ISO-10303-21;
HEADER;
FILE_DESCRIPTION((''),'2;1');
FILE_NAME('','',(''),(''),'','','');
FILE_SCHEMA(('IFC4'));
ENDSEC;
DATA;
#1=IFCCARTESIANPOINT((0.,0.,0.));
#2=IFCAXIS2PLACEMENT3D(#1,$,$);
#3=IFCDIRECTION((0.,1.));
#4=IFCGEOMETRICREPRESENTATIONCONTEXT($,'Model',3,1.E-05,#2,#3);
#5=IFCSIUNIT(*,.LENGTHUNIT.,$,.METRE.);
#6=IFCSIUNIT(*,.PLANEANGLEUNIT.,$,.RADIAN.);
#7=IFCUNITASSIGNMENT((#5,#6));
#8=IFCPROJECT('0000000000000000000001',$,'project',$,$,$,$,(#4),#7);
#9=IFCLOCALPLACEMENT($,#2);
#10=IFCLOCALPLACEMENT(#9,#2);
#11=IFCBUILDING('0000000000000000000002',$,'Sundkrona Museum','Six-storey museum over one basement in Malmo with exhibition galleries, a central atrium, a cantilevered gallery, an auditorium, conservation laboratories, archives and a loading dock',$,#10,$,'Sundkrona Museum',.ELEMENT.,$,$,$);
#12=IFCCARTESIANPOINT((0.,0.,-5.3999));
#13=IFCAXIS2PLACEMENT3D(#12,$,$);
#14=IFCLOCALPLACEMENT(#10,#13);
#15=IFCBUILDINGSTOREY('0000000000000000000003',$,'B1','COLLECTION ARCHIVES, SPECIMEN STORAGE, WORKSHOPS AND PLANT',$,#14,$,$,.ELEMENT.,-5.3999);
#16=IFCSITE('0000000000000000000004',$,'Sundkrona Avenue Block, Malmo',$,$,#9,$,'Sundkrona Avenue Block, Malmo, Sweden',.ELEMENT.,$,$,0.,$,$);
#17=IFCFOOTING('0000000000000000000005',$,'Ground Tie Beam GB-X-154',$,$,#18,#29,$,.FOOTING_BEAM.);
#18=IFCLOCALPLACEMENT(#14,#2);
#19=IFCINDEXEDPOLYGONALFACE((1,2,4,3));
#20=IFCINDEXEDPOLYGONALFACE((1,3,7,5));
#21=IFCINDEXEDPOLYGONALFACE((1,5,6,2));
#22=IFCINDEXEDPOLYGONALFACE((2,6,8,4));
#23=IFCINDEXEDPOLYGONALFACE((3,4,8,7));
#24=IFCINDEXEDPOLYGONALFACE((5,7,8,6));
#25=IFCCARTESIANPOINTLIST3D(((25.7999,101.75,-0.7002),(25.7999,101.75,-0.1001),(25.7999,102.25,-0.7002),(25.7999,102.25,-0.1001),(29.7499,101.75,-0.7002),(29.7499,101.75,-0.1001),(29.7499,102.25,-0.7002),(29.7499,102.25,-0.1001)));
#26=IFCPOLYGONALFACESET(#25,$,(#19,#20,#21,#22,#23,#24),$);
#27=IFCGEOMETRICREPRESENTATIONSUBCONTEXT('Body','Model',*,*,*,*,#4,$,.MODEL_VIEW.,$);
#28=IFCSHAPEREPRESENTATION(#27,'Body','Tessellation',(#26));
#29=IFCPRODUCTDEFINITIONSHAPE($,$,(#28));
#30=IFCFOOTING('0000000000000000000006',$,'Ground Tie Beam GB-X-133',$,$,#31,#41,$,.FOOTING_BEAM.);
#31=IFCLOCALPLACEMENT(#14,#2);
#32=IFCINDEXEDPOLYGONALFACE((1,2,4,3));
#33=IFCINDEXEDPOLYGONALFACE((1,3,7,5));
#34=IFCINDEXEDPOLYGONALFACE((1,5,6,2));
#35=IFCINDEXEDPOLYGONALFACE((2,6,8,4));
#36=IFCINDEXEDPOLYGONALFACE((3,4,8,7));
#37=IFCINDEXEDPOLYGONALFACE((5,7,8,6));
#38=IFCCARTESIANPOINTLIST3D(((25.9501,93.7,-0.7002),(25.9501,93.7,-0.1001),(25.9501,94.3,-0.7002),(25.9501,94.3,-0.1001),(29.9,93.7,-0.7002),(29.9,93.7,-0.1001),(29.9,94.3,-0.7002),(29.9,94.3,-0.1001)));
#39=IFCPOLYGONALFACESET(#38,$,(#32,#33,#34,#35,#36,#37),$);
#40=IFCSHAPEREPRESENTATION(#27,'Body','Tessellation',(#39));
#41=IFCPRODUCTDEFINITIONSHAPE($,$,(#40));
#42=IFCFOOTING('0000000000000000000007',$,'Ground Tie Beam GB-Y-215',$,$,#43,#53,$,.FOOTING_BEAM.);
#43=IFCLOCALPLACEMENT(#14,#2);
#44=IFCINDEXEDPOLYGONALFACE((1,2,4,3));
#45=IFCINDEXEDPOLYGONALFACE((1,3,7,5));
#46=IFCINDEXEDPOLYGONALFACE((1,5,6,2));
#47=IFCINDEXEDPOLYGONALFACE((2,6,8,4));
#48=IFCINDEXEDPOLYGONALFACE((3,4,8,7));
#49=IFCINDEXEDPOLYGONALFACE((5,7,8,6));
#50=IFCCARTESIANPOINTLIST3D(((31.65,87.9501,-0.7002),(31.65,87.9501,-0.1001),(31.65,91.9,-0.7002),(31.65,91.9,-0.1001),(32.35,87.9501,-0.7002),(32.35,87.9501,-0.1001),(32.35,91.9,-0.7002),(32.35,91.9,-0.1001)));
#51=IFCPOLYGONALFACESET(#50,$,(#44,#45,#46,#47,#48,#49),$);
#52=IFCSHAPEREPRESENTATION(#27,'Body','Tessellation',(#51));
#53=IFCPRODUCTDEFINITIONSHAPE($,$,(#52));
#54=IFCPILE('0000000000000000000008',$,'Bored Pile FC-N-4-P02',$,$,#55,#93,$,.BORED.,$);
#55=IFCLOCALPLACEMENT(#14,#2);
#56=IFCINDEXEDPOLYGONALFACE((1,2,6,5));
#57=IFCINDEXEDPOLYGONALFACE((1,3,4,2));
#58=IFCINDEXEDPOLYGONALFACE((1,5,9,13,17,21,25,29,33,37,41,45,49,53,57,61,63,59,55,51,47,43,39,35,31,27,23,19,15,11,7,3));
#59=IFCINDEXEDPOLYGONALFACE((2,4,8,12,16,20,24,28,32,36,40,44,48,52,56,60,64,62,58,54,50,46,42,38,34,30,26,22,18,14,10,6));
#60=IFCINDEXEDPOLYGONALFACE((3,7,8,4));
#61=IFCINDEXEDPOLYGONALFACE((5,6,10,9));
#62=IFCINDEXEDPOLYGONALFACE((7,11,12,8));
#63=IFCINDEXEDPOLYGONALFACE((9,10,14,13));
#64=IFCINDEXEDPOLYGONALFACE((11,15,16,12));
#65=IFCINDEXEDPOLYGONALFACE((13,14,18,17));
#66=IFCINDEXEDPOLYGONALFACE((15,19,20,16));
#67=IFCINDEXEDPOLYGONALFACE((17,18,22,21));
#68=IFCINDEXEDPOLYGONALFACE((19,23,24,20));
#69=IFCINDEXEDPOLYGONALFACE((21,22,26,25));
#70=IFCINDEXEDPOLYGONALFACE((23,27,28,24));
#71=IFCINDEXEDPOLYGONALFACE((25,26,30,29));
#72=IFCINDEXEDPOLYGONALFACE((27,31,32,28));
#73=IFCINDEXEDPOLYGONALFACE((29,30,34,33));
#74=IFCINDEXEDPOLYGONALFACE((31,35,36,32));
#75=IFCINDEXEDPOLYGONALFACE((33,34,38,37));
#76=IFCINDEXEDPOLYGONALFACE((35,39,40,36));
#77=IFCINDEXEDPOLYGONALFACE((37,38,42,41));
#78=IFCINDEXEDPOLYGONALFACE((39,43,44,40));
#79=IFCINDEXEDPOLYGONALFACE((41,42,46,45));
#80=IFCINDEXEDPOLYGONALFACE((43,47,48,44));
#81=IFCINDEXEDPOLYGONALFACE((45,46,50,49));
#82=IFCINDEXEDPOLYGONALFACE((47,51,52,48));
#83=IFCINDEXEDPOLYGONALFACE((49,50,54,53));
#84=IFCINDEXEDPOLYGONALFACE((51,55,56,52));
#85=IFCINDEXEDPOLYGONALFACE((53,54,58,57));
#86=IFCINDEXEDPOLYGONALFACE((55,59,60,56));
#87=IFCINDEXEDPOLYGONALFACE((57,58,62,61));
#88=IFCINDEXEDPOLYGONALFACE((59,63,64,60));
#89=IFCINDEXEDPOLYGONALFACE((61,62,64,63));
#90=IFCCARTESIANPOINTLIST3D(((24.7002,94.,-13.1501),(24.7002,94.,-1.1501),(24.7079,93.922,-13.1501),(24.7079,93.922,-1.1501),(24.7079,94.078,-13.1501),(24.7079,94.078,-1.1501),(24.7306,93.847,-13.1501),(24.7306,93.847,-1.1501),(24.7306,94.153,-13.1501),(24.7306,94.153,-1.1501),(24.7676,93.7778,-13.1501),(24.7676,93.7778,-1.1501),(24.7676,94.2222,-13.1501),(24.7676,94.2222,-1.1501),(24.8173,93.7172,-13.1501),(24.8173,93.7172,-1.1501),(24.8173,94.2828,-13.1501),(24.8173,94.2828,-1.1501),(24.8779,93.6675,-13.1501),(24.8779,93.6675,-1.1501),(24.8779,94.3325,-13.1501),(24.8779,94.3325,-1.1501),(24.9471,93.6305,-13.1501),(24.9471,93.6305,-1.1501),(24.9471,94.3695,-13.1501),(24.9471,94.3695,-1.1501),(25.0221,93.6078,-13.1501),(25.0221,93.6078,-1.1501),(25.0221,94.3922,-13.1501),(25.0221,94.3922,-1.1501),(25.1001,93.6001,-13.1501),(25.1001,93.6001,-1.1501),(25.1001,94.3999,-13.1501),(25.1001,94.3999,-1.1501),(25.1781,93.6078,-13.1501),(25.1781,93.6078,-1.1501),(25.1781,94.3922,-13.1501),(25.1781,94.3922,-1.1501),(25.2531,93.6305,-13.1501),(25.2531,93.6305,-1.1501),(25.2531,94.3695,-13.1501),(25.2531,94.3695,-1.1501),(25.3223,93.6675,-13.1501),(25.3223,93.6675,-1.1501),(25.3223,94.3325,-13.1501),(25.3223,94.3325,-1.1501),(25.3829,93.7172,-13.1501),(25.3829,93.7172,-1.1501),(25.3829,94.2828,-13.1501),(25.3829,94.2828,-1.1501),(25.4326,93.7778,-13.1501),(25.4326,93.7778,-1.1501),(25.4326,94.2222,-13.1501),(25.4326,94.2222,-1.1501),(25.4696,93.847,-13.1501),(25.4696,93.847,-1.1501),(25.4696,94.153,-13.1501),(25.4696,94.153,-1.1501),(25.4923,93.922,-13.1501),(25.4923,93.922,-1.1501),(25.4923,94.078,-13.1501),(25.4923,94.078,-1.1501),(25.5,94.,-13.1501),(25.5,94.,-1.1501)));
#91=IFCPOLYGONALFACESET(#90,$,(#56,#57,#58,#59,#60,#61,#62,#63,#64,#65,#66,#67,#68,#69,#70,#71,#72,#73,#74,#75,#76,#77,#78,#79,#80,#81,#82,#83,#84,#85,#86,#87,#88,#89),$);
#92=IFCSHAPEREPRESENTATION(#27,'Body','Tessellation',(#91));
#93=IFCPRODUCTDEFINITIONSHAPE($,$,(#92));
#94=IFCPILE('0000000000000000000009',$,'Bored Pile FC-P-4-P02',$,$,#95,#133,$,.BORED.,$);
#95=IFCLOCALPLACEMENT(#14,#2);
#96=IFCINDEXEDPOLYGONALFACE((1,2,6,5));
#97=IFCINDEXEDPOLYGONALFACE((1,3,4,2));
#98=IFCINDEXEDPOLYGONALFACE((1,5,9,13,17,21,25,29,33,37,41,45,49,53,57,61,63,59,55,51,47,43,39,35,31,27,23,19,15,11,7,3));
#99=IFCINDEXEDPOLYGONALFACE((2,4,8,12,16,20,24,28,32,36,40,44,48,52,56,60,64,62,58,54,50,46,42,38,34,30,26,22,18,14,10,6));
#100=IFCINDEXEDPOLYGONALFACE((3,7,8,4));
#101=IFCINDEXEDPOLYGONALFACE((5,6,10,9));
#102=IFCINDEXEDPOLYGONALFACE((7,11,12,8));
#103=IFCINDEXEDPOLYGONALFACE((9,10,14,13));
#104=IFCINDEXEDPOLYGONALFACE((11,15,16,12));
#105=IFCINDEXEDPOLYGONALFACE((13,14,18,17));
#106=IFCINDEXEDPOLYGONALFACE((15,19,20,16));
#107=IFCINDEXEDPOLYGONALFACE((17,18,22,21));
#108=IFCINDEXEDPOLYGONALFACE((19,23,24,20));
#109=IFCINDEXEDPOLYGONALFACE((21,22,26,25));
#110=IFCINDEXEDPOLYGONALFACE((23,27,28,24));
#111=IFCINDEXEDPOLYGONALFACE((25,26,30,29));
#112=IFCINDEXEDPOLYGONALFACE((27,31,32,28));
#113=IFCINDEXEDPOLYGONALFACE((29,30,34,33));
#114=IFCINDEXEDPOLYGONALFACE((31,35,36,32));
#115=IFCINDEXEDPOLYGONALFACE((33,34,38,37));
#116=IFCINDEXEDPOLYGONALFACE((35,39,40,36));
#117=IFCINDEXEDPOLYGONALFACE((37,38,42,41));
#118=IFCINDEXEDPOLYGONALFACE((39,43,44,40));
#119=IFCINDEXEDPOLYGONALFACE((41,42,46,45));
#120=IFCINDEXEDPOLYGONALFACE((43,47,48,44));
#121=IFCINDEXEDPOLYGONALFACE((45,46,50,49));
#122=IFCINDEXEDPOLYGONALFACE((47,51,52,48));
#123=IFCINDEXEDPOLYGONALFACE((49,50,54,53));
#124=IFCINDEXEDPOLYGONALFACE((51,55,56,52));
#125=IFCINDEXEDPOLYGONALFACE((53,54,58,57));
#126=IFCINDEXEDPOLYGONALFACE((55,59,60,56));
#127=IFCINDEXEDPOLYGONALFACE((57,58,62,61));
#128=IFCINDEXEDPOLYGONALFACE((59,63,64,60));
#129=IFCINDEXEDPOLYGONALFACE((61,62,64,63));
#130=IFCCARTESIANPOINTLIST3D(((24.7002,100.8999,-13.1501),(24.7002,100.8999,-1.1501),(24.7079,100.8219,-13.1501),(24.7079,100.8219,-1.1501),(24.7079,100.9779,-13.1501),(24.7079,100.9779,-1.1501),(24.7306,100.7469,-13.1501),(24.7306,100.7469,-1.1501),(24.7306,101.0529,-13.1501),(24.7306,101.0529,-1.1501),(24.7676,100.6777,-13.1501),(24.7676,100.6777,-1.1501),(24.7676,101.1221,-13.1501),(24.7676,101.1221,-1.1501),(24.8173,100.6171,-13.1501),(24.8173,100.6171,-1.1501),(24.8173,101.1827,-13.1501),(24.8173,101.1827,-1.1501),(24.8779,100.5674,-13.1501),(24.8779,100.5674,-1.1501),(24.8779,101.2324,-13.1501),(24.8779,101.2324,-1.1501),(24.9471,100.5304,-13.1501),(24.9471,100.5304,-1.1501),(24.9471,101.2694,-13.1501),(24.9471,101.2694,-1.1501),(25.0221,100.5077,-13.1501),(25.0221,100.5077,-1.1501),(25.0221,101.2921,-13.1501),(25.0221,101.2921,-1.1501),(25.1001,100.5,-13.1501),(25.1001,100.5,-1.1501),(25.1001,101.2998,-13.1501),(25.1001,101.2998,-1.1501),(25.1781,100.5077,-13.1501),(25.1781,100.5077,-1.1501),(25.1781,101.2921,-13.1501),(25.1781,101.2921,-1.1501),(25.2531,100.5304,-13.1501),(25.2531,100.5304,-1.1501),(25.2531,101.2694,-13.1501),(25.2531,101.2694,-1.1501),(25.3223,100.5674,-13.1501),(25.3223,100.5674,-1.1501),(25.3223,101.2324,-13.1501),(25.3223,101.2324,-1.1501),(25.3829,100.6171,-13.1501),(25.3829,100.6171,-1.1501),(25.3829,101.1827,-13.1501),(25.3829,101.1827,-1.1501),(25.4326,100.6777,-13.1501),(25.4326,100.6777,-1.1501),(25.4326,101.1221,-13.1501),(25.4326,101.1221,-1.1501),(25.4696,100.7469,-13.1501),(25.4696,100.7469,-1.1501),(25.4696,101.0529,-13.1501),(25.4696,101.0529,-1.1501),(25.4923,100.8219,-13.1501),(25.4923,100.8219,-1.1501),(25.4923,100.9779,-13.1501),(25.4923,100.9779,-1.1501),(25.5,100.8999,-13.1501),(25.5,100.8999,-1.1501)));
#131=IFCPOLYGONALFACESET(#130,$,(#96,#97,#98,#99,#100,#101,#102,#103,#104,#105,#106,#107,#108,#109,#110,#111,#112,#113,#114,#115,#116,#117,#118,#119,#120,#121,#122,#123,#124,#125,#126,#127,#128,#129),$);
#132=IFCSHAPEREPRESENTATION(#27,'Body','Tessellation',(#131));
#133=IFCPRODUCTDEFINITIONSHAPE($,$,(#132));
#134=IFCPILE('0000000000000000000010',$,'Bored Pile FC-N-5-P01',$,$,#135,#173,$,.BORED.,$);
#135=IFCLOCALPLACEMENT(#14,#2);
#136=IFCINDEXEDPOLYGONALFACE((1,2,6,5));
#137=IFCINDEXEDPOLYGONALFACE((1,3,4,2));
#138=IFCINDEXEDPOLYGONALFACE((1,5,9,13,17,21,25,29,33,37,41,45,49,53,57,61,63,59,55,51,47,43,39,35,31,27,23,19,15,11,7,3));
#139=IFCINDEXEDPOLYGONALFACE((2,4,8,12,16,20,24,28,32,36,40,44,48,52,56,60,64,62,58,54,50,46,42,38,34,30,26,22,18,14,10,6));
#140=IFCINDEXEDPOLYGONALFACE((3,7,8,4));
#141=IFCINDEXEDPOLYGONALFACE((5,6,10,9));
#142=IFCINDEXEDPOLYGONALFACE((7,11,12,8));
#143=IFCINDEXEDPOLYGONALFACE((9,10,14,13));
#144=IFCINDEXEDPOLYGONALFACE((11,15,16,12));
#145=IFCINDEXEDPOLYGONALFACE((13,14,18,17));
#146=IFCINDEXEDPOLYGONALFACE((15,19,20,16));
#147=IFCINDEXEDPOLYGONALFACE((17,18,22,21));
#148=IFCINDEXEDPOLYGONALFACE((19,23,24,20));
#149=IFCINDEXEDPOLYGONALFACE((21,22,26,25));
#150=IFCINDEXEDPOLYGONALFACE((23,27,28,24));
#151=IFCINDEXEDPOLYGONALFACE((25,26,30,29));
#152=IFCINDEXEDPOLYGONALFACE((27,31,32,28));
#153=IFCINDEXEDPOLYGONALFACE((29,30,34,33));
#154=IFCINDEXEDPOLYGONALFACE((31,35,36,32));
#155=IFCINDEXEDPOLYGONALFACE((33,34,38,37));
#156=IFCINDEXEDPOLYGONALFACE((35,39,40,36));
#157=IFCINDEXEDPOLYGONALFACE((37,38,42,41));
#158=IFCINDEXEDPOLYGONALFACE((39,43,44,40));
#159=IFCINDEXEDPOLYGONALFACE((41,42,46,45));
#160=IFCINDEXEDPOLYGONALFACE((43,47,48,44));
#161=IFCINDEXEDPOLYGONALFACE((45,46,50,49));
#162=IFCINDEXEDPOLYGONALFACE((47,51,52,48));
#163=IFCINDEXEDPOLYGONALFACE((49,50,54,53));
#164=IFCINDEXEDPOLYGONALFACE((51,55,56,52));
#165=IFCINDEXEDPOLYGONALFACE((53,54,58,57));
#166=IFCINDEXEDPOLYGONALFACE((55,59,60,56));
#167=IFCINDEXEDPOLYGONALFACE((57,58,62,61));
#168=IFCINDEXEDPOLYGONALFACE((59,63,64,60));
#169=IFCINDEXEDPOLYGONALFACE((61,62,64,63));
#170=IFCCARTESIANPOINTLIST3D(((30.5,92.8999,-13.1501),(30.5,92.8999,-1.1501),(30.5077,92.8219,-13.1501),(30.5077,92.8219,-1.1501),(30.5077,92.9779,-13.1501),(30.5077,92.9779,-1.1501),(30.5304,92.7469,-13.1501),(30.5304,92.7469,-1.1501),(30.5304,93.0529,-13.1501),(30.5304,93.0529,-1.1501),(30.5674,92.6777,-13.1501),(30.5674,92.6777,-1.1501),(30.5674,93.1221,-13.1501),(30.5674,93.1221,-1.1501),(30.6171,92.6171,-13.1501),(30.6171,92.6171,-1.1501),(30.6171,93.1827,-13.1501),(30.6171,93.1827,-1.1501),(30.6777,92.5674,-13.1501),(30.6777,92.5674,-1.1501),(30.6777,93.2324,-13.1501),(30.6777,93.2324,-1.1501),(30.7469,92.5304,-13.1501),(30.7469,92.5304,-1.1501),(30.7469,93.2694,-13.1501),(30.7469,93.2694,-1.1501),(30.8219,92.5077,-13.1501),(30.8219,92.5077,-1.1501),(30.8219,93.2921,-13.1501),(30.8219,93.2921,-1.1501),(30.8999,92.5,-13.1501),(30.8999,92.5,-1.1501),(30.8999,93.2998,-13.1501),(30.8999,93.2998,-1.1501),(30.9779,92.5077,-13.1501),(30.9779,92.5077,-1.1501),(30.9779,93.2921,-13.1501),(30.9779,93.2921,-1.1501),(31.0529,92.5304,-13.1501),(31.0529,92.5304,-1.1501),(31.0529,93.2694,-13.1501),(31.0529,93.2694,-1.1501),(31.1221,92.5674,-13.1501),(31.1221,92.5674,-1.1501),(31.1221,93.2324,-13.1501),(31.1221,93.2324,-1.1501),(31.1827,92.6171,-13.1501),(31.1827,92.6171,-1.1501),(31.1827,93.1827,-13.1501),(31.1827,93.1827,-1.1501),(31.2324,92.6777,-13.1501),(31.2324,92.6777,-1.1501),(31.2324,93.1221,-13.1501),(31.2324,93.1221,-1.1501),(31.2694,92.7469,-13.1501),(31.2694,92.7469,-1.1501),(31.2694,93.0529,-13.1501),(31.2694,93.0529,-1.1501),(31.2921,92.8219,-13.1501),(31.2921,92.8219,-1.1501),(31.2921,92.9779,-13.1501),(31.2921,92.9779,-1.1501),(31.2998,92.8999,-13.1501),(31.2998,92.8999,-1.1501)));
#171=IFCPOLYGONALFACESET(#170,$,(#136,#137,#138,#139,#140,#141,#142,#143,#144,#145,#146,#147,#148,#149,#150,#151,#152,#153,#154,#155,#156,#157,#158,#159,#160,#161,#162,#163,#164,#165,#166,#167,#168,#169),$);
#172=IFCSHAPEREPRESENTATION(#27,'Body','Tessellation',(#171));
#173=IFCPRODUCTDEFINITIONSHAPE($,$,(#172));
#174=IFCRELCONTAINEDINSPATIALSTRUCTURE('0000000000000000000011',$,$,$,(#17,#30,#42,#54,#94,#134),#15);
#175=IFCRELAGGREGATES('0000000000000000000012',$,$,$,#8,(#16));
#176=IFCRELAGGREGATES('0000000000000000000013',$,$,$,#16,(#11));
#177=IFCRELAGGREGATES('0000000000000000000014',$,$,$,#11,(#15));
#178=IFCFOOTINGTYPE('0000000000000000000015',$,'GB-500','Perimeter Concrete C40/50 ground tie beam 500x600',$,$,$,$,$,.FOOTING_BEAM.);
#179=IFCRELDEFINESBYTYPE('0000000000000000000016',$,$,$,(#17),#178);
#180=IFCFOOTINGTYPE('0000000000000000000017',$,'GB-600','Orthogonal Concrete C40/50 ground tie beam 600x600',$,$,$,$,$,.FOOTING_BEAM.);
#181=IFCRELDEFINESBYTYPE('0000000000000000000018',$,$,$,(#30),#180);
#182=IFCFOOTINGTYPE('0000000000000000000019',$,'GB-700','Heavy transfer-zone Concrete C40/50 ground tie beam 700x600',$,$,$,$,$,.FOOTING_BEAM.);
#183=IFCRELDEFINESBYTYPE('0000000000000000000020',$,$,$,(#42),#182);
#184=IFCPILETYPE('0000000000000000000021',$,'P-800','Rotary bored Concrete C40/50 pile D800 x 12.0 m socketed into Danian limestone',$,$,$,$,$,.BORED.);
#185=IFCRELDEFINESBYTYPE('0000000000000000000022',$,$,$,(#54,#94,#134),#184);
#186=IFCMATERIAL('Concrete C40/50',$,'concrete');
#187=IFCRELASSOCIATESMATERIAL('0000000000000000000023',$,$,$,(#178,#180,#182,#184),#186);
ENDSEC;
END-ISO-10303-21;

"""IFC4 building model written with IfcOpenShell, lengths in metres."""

from ifc_helpers import new_model, si_unit, direction, frame, origin, origin_2d, place, context, subcontext, project, spatial, rectangle, circle, extrude, material, material_profile, profile_set, type_object, element, save


model = new_model("IFC4")

# Units and contexts
model_context = context("Model", 3, precision=1e-05, world=origin(), true_north=direction((0.0, 1.0)))
body_context = subcontext(model_context, "Body", "Model", "MODEL_VIEW")
ifc_project = project(units=[si_unit("LENGTHUNIT", "METRE"), si_unit("PLANEANGLEUNIT", "RADIAN")], contexts=[model_context])

# Site, building, storey
site_placement = place(None, origin())
site = spatial("IfcSite", under=ifc_project, at=site_placement, Name="Sundkrona Avenue Block, Malmo", LongName="Sundkrona Avenue Block, Malmo, Sweden", CompositionType="ELEMENT", RefElevation=0.0)
building_placement = place(site_placement, origin())
building = spatial("IfcBuilding", under=site, at=building_placement, Name="Sundkrona Museum", Description="Six-storey museum over one basement in Malmo with exhibition galleries, a central atrium, a cantilevered gallery, an auditorium, conservation laboratories, archives and a loading dock", LongName="Sundkrona Museum", CompositionType="ELEMENT")
storey_placement = place(building_placement, frame((0.0, 0.0, -5.3999)))
storey = spatial("IfcBuildingStorey", under=building, at=storey_placement, Name="B1", Description="COLLECTION ARCHIVES, SPECIMEN STORAGE, WORKSHOPS AND PLANT", CompositionType="ELEMENT", Elevation=-5.3999)

# Footings
ifc_material_1 = material(Name="Concrete C40/50", Category="concrete")
footing_type_1 = type_object("IfcFootingType", Name="GB-500", Description="Perimeter Concrete C40/50 ground tie beam 500x600", PredefinedType="FOOTING_BEAM", material=ifc_material_1)
footing_1_placement = place(storey_placement, frame((27.7749, 102.0, -0.7002), z_axis=(0.0, 0.0, 1.0), x_axis=(1.0, 0.0, 0.0)))
element("IfcFooting", 1, at=footing_1_placement, inside=storey, type_object=footing_type_1, Name="Ground Tie Beam GB-X-154", PredefinedType="FOOTING_BEAM", context=body_context, shape_type="SweptSolid", body=[
    extrude(rectangle(XDim=3.95, YDim=0.5, at=origin_2d()), origin(), (0.0, 0.0, 1.0), 0.6001),
])
footing_type_2 = type_object("IfcFootingType", Name="GB-600", Description="Orthogonal Concrete C40/50 ground tie beam 600x600", PredefinedType="FOOTING_BEAM", material=ifc_material_1)
footing_2_placement = place(storey_placement, frame((27.925, 94.0, -0.7002), z_axis=(0.0, 0.0, 1.0), x_axis=(1.0, 0.0, 0.0)))
element("IfcFooting", 2, at=footing_2_placement, inside=storey, type_object=footing_type_2, Name="Ground Tie Beam GB-X-133", PredefinedType="FOOTING_BEAM", context=body_context, shape_type="SweptSolid", body=[
    extrude(rectangle(XDim=3.95, YDim=0.6001, at=origin_2d()), origin(), (0.0, 0.0, 1.0), 0.6001),
])
footing_type_3 = type_object("IfcFootingType", Name="GB-700", Description="Heavy transfer-zone Concrete C40/50 ground tie beam 700x600", PredefinedType="FOOTING_BEAM", material=ifc_material_1)
footing_3_placement = place(storey_placement, frame((32.0, 89.925, -0.7002), z_axis=(0.0, 0.0, 1.0), x_axis=(0.0, 1.0, 0.0)))
element("IfcFooting", 3, at=footing_3_placement, inside=storey, type_object=footing_type_3, Name="Ground Tie Beam GB-Y-215", PredefinedType="FOOTING_BEAM", context=body_context, shape_type="SweptSolid", body=[
    extrude(rectangle(XDim=3.95, YDim=0.7, at=origin_2d()), origin(), (0.0, 0.0, 1.0), 0.6001),
])

# Piles
ifc_material_profile_1 = material_profile(ifc_material_1, circle(Radius=0.3999, at=origin_2d()), Name="PILE D800")
ifc_profile_set_1 = profile_set([ifc_material_profile_1], Name="Concrete C40/50")
pile_type = type_object("IfcPileType", Name="P-800", Description="Rotary bored Concrete C40/50 pile D800 x 12.0 m socketed into Danian limestone", PredefinedType="BORED", material=ifc_profile_set_1)
for number, where, z_axis, x_axis, name in (
    (4, (25.1001, 94.0, -1.1501), (0.0, 0.0, -1.0), (1.0, 0.0, 0.0), "Bored Pile FC-N-4-P02"),
    (5, (25.1001, 100.8999, -1.1501), (0.0, 0.0, -1.0), (1.0, 0.0, 0.0), "Bored Pile FC-P-4-P02"),
    (6, (30.8999, 92.8999, -1.1501), (0.0, 0.0, -1.0), (1.0, 0.0, 0.0), "Bored Pile FC-N-5-P01"),
):
    element("IfcPile", number, at=place(storey_placement, frame(where, z_axis=z_axis, x_axis=x_axis)), inside=storey, type_object=pile_type, Name=name, PredefinedType="BORED", context=body_context, shape_type="SweptSolid", body=[
        extrude(circle(Radius=0.3999, at=origin_2d()), origin(), (0.0, 0.0, 1.0), 12.0),
    ])

save(model, "model.ifc")
